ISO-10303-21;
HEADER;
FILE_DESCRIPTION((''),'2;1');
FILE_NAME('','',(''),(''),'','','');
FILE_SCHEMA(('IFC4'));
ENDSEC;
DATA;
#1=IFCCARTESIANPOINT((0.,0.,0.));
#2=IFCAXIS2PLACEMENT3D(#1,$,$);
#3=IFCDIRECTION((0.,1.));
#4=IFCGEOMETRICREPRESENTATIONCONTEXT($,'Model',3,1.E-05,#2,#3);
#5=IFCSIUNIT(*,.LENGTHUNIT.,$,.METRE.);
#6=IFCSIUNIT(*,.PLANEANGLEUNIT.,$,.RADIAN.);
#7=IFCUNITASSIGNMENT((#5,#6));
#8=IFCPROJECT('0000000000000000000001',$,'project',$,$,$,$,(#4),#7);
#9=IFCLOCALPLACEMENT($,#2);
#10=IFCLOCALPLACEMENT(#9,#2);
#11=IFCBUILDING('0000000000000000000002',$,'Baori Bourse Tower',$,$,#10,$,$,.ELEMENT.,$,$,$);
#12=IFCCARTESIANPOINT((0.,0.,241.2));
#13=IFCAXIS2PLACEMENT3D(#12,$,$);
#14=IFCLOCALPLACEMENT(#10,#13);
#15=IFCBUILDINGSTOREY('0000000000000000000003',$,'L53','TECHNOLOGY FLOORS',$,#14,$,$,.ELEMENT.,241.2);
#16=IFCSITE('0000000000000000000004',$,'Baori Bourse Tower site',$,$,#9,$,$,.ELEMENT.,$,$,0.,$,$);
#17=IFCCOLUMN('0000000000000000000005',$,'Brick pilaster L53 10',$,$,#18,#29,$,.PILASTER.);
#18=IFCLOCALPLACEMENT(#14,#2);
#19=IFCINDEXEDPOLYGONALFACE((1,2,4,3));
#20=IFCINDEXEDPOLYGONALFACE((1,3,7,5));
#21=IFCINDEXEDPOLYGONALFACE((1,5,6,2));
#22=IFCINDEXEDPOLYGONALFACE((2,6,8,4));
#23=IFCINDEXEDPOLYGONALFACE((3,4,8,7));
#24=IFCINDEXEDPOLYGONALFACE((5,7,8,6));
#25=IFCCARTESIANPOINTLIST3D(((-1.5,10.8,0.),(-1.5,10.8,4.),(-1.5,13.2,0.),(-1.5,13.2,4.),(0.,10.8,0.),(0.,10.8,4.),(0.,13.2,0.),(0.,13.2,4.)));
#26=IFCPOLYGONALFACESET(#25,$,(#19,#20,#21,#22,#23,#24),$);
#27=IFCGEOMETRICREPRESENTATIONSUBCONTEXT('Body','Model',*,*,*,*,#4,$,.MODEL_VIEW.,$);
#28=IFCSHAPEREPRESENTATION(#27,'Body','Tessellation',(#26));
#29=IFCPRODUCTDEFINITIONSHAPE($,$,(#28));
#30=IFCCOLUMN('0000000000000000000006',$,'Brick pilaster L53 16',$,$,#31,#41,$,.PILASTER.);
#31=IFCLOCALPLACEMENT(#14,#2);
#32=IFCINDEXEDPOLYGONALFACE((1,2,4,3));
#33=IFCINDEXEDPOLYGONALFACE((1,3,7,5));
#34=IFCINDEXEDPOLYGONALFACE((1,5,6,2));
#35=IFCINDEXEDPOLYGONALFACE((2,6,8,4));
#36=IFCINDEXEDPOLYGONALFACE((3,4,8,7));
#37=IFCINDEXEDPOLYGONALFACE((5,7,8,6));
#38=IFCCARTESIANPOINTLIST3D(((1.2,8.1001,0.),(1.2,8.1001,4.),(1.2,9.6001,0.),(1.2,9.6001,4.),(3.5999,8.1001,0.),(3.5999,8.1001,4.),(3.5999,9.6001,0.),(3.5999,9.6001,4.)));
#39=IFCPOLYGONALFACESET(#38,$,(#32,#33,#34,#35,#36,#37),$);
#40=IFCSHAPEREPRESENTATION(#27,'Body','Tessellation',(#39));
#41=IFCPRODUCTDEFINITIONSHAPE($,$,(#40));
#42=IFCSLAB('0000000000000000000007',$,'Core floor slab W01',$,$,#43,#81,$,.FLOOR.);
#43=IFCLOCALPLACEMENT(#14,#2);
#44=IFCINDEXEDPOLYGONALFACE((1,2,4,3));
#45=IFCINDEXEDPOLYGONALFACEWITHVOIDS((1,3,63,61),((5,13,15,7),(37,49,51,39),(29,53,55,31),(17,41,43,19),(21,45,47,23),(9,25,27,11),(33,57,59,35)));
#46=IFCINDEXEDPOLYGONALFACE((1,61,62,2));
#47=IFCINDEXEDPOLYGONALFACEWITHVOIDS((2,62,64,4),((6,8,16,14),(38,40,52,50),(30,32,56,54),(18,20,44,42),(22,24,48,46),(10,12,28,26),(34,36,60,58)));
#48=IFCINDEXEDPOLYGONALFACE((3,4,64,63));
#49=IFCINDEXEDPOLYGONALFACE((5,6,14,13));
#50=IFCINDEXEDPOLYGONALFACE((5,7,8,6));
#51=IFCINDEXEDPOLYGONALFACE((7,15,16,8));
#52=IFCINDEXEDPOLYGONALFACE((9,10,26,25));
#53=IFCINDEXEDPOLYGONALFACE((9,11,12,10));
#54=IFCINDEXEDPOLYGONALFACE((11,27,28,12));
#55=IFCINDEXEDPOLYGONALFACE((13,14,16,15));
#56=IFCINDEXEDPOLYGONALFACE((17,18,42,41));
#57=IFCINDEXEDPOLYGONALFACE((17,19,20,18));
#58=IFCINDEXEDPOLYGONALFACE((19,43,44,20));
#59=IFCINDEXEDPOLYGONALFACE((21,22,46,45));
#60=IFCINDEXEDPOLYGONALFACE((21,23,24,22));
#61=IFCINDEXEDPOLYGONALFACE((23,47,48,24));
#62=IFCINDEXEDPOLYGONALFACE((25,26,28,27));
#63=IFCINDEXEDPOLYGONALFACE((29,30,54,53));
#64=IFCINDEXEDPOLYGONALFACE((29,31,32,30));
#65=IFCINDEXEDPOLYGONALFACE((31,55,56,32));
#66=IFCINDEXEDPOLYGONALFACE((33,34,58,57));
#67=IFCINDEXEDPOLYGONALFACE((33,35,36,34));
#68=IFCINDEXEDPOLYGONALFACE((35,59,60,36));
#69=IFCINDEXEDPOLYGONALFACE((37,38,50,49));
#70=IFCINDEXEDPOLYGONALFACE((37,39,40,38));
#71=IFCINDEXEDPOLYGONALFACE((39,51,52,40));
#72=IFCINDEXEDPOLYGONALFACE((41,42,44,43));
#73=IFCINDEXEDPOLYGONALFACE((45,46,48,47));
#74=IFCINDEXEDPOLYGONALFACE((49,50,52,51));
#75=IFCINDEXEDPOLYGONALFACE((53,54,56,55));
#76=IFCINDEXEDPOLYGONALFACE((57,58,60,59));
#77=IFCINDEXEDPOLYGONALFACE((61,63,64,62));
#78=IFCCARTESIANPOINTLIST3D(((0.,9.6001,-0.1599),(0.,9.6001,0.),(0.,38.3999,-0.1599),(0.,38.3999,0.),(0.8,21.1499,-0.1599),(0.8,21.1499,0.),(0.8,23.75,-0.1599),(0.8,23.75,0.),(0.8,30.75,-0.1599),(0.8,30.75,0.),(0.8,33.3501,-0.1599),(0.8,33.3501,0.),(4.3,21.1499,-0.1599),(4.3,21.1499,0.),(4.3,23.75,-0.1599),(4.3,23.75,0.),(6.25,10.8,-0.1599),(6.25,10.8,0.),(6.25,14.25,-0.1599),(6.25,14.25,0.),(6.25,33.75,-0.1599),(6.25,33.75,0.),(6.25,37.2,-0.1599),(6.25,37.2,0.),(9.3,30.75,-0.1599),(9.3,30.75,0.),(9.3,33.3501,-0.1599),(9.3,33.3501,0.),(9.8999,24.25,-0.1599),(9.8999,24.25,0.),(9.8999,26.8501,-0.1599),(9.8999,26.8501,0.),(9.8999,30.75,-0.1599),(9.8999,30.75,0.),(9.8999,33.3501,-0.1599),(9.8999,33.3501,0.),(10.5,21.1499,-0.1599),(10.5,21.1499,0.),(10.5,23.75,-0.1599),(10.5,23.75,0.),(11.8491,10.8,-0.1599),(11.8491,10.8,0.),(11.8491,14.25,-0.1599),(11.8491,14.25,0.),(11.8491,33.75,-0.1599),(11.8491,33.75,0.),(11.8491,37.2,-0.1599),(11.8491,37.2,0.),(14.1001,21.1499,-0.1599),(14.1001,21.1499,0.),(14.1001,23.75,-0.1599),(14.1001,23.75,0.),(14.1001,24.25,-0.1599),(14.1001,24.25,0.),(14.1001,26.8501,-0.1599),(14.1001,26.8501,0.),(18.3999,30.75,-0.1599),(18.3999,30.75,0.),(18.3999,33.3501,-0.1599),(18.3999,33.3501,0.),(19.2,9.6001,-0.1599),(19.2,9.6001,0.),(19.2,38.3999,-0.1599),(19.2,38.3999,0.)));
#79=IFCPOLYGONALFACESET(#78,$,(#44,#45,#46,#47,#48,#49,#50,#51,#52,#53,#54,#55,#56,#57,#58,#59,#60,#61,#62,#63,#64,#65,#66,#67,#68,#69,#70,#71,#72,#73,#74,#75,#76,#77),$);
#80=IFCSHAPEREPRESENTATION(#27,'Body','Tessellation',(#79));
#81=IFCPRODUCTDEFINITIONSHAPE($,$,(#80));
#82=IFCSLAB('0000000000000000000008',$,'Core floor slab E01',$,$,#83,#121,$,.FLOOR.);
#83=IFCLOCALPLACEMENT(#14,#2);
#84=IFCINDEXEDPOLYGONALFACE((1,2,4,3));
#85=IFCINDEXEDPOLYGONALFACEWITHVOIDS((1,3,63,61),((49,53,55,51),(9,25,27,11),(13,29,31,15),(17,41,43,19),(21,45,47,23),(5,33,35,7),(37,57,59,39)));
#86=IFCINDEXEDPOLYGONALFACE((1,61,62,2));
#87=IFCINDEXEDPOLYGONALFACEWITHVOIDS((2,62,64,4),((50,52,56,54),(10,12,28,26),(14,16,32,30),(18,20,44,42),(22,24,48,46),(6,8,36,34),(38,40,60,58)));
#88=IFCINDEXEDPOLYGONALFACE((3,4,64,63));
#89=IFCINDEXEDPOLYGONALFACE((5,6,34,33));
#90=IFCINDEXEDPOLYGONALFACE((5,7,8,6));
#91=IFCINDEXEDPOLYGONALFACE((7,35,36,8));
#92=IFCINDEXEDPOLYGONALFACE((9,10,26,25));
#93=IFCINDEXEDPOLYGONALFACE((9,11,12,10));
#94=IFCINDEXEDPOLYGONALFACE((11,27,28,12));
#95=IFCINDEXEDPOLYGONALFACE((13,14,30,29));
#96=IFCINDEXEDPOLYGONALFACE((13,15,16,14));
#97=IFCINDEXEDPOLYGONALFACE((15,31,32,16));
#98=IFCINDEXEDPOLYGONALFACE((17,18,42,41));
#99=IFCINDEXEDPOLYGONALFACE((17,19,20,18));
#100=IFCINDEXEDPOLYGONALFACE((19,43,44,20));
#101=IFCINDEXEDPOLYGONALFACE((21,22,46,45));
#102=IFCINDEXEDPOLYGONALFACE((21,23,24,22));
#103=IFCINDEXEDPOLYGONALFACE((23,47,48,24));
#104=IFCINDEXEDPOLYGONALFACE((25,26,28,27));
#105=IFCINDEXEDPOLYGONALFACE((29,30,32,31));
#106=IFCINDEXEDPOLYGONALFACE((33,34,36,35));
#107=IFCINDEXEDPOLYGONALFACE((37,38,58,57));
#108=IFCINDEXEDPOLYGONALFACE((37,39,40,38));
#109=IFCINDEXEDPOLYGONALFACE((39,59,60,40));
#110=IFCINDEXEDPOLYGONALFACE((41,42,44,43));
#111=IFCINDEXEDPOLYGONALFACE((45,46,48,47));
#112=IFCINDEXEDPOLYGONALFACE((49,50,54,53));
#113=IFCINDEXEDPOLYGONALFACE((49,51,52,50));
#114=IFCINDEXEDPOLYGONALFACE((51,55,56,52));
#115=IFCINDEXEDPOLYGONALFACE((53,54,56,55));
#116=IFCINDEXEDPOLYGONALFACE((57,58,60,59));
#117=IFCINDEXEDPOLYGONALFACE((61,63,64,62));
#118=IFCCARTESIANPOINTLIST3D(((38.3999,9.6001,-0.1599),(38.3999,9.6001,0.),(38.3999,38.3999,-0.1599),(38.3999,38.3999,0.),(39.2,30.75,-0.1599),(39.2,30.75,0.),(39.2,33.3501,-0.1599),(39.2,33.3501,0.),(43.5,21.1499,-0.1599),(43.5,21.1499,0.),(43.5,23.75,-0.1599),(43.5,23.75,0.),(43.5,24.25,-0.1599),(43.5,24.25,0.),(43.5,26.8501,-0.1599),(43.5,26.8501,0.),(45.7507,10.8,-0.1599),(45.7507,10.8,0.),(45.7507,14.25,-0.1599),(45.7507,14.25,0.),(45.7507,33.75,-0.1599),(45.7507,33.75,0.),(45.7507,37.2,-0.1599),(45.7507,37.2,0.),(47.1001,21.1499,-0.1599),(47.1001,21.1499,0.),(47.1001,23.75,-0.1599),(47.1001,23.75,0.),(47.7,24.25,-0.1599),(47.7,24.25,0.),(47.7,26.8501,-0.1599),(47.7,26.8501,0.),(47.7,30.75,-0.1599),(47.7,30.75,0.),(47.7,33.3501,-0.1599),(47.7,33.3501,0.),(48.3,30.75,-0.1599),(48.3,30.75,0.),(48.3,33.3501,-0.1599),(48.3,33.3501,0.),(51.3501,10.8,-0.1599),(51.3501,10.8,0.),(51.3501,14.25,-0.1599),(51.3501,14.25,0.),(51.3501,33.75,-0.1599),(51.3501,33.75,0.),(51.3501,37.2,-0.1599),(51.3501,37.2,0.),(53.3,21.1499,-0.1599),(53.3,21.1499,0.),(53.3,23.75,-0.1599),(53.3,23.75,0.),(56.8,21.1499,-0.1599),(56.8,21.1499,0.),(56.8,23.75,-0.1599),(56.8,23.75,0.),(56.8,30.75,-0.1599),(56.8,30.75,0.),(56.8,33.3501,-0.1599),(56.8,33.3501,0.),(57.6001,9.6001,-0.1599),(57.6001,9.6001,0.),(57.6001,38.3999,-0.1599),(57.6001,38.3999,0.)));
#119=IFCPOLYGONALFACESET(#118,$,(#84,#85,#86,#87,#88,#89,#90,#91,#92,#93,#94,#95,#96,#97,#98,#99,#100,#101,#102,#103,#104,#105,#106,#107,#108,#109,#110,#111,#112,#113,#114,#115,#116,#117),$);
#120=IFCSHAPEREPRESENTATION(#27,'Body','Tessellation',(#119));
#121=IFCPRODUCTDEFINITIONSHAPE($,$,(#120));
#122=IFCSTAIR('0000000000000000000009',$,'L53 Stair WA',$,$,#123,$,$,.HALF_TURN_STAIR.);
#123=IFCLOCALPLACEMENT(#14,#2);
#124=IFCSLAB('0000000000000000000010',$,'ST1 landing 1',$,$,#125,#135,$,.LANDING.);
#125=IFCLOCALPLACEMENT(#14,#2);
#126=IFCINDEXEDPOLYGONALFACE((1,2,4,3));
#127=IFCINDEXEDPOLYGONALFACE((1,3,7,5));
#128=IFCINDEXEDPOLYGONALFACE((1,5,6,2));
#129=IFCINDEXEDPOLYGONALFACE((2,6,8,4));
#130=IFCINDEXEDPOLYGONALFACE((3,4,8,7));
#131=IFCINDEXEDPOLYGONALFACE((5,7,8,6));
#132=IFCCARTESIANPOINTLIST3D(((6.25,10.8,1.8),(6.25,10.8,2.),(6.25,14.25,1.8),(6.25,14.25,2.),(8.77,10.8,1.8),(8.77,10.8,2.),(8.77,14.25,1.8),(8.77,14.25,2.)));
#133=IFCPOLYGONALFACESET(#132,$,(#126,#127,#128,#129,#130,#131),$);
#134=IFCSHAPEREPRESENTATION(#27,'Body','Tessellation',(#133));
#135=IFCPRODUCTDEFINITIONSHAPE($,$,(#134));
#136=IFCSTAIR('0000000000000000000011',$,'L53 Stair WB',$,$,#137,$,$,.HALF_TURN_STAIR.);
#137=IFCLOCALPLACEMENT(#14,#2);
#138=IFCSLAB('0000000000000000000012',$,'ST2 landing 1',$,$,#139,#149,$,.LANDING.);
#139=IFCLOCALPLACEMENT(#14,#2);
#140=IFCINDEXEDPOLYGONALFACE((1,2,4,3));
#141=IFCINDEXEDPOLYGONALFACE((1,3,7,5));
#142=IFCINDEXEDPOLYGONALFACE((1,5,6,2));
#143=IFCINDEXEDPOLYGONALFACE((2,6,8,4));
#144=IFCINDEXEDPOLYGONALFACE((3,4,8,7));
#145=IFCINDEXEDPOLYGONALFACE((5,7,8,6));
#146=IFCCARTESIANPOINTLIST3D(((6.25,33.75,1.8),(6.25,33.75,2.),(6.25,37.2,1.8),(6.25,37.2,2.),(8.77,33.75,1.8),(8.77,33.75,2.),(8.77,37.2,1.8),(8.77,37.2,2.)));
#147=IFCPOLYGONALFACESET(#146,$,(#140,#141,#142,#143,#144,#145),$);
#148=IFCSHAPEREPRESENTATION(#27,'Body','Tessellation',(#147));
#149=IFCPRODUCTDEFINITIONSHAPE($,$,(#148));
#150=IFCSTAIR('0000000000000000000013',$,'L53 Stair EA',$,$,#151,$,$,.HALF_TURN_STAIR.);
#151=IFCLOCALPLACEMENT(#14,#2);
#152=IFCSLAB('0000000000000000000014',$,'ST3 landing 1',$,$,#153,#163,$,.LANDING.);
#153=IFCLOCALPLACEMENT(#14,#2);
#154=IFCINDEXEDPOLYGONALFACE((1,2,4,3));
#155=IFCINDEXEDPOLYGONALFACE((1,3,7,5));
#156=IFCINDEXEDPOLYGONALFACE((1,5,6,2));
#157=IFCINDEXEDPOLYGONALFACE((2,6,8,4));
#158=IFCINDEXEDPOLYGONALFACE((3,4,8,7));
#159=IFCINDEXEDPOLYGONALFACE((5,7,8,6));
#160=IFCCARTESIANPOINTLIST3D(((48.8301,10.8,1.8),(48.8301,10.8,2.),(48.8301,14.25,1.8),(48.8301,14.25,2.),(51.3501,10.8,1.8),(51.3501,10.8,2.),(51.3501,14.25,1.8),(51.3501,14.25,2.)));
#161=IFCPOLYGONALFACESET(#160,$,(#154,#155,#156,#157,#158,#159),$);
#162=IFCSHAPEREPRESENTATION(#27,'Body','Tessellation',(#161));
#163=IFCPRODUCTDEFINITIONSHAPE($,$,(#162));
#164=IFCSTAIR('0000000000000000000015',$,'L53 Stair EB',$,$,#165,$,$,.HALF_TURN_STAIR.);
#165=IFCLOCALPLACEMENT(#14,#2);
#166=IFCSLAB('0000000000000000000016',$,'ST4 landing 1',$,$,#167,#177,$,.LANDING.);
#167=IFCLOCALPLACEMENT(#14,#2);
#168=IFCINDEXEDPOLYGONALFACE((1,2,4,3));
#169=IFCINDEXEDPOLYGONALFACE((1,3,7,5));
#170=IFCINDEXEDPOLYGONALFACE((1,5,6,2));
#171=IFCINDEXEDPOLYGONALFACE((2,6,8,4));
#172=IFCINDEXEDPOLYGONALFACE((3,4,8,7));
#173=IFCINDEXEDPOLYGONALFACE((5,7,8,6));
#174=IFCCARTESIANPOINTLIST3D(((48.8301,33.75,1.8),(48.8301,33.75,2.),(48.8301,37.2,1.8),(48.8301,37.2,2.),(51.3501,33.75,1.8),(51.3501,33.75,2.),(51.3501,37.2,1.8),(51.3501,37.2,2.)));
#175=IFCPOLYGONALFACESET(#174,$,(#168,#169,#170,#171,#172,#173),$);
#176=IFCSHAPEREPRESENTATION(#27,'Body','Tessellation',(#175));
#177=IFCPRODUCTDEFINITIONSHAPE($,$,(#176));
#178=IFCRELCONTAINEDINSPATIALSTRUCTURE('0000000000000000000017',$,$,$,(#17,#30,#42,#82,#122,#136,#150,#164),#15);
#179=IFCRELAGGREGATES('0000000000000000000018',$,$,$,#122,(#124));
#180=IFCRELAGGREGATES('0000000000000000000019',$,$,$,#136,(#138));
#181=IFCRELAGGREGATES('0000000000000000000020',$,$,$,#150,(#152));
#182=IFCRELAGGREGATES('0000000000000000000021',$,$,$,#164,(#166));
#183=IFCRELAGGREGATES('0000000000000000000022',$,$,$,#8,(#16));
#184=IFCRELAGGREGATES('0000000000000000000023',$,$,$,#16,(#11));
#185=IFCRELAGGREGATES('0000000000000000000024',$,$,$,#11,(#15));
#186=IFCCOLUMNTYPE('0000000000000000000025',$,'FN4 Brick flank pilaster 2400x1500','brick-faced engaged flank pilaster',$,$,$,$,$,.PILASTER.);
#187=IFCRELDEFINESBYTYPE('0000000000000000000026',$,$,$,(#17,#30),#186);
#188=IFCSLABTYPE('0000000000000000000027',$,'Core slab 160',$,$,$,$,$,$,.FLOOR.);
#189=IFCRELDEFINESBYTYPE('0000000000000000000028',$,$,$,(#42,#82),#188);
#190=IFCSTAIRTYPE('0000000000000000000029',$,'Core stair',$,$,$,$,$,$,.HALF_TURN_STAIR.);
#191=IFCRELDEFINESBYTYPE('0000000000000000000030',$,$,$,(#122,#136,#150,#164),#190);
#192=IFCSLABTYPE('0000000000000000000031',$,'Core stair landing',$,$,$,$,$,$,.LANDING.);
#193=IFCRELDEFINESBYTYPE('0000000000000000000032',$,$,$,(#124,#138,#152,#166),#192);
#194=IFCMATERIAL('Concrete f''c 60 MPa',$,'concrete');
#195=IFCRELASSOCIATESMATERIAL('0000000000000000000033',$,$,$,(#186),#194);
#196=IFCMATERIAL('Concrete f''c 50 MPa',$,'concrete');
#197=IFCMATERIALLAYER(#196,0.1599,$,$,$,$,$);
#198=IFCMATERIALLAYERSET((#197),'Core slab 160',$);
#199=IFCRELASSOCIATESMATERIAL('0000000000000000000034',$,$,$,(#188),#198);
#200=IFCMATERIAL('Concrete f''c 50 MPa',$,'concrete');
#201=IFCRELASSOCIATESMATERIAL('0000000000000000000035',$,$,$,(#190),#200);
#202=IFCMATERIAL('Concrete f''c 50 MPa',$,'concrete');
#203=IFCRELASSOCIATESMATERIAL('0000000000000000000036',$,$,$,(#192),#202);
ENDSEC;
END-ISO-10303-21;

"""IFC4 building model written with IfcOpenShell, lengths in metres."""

from ifc_helpers import new_model, si_unit, direction, frame, origin, origin_2d, place, context, subcontext, project, spatial, polyline, rectangle, outline, extrude, material, layer, layer_set, material_profile, profile_set, type_object, element, aggregate, save


model = new_model("IFC4")

# Units and contexts
model_context = context("Model", 3, precision=1e-05, world=origin(), true_north=direction((0.0, 1.0)))
body_context = subcontext(model_context, "Body", "Model", "MODEL_VIEW")
ifc_project = project(units=[si_unit("LENGTHUNIT", "METRE"), si_unit("PLANEANGLEUNIT", "RADIAN")], contexts=[model_context])

# Site, building, storey
site_placement = place(None, origin())
site = spatial("IfcSite", under=ifc_project, at=site_placement, Name="Baori Bourse Tower site", CompositionType="ELEMENT", RefElevation=0.0)
building_placement = place(site_placement, origin())
building = spatial("IfcBuilding", under=site, at=building_placement, Name="Baori Bourse Tower", CompositionType="ELEMENT")
storey_placement = place(building_placement, frame((0.0, 0.0, 241.2)))
storey = spatial("IfcBuildingStorey", under=building, at=storey_placement, Name="L53", Description="TECHNOLOGY FLOORS", CompositionType="ELEMENT", Elevation=241.2)

# Columns
ifc_material_1 = material(Name="Concrete f'c 60 MPa", Category="concrete")
ifc_material_profile = material_profile(ifc_material_1, rectangle(XDim=2.3999, YDim=1.5, at=origin_2d()), Name="RC 2400x1500")
ifc_profile_set = profile_set([ifc_material_profile], Name="Concrete f'c 60 MPa")
column_type = type_object("IfcColumnType", Name="FN4 Brick flank pilaster 2400x1500", Description="brick-faced engaged flank pilaster", PredefinedType="PILASTER", material=ifc_profile_set)
for number, where, z_axis, x_axis, name in (
    (1, (-0.75, 12.0, 0.0), (0.0, 0.0, 1.0), (0.0, 1.0, 0.0), "Brick pilaster L53 10"),
    (2, (2.3999, 8.8501, 0.0), (0.0, 0.0, 1.0), (1.0, 0.0, 0.0), "Brick pilaster L53 16"),
):
    element("IfcColumn", number, at=place(storey_placement, frame(where, z_axis=z_axis, x_axis=x_axis)), inside=storey, type_object=column_type, Name=name, PredefinedType="PILASTER", context=body_context, shape_type="SweptSolid", body=[
        extrude(rectangle(XDim=2.3999, YDim=1.5, at=origin_2d()), origin(), (0.0, 0.0, 1.0), 4.0),
    ])

# Slabs
ifc_material_2 = material(Name="Concrete f'c 50 MPa", Category="concrete")
ifc_layer_1 = layer(ifc_material_2, 0.1599)
ifc_layer_set_1 = layer_set([ifc_layer_1], Name="Core slab 160")
slab_type_1 = type_object("IfcSlabType", Name="Core slab 160", PredefinedType="FLOOR", material=ifc_layer_set_1)
slab_1_placement = place(storey_placement, frame((0.0, 0.0, -0.1599)))
element("IfcSlab", 3, at=slab_1_placement, inside=storey, type_object=slab_type_1, Name="Core floor slab W01", PredefinedType="FLOOR", context=body_context, shape_type="SweptSolid", body=[
    extrude(outline(polyline([(19.2, 38.3999), (0.0, 38.3999), (0.0, 9.6001), (19.2, 9.6001), (19.2, 38.3999)]), holes=[polyline([(9.8999, 33.3501), (18.3999, 33.3501), (18.3999, 30.75), (9.8999, 30.75), (9.8999, 33.3501)]), polyline([(10.5, 21.1499), (10.5, 23.75), (14.1001, 23.75), (14.1001, 21.1499), (10.5, 21.1499)]), polyline([(14.1001, 24.25), (9.8999, 24.25), (9.8999, 26.8501), (14.1001, 26.8501), (14.1001, 24.25)]), polyline([(6.25, 14.25), (11.8491, 14.25), (11.8491, 10.8), (6.25, 10.8), (6.25, 14.25)]), polyline([(11.8491, 37.2), (11.8491, 33.75), (6.25, 33.75), (6.25, 37.2), (11.8491, 37.2)]), polyline([(0.8, 30.75), (0.8, 33.3501), (9.3, 33.3501), (9.3, 30.75), (0.8, 30.75)]), polyline([(4.3, 23.75), (4.3, 21.1499), (0.8, 21.1499), (0.8, 23.75), (4.3, 23.75)])]), origin(), (0.0, 0.0, 1.0), 0.1599),
])
slab_2_placement = place(storey_placement, frame((0.0, 0.0, -0.1599)))
element("IfcSlab", 4, at=slab_2_placement, inside=storey, type_object=slab_type_1, Name="Core floor slab E01", PredefinedType="FLOOR", context=body_context, shape_type="SweptSolid", body=[
    extrude(outline(polyline([(57.6001, 9.6001), (57.6001, 38.3999), (38.3999, 38.3999), (38.3999, 9.6001), (57.6001, 9.6001)]), holes=[polyline([(48.3, 33.3501), (56.8, 33.3501), (56.8, 30.75), (48.3, 30.75), (48.3, 33.3501)]), polyline([(56.8, 21.1499), (53.3, 21.1499), (53.3, 23.75), (56.8, 23.75), (56.8, 21.1499)]), polyline([(45.7507, 14.25), (51.3501, 14.25), (51.3501, 10.8), (45.7507, 10.8), (45.7507, 14.25)]), polyline([(51.3501, 37.2), (51.3501, 33.75), (45.7507, 33.75), (45.7507, 37.2), (51.3501, 37.2)]), polyline([(43.5, 24.25), (43.5, 26.8501), (47.7, 26.8501), (47.7, 24.25), (43.5, 24.25)]), polyline([(47.7, 33.3501), (47.7, 30.75), (39.2, 30.75), (39.2, 33.3501), (47.7, 33.3501)]), polyline([(43.5, 23.75), (47.1001, 23.75), (47.1001, 21.1499), (43.5, 21.1499), (43.5, 23.75)])]), origin(), (0.0, 0.0, 1.0), 0.1599),
])

# Stairs, slabs
ifc_material_3 = material(Name="Concrete f'c 50 MPa", Category="concrete")
stair_type = type_object("IfcStairType", Name="Core stair", PredefinedType="HALF_TURN_STAIR", material=ifc_material_3)
stair_1_placement = place(storey_placement, origin())
stair_1 = element("IfcStair", 5, at=stair_1_placement, inside=storey, type_object=stair_type, Name="L53 Stair WA", PredefinedType="HALF_TURN_STAIR")
ifc_material_4 = material(Name="Concrete f'c 50 MPa", Category="concrete")
slab_type_2 = type_object("IfcSlabType", Name="Core stair landing", PredefinedType="LANDING", material=ifc_material_4)
slab_3_placement = place(storey_placement, frame((0.0, 0.0, 1.8)))
slab_3 = element("IfcSlab", 6, at=slab_3_placement, type_object=slab_type_2, Name="ST1 landing 1", PredefinedType="LANDING", context=body_context, shape_type="SweptSolid", body=[
    extrude(outline(polyline([(8.77, 14.25), (6.25, 14.25), (6.25, 10.8), (8.77, 10.8), (8.77, 14.25)])), origin(), (0.0, 0.0, 1.0), 0.2),
])
aggregate(stair_1, [slab_3])
stair_2_placement = place(storey_placement, origin())
stair_2 = element("IfcStair", 7, at=stair_2_placement, inside=storey, type_object=stair_type, Name="L53 Stair WB", PredefinedType="HALF_TURN_STAIR")
slab_4_placement = place(storey_placement, frame((0.0, 0.0, 1.8)))
slab_4 = element("IfcSlab", 8, at=slab_4_placement, type_object=slab_type_2, Name="ST2 landing 1", PredefinedType="LANDING", context=body_context, shape_type="SweptSolid", body=[
    extrude(outline(polyline([(8.77, 37.2), (6.25, 37.2), (6.25, 33.75), (8.77, 33.75), (8.77, 37.2)])), origin(), (0.0, 0.0, 1.0), 0.2),
])
aggregate(stair_2, [slab_4])
stair_3_placement = place(storey_placement, origin())
stair_3 = element("IfcStair", 9, at=stair_3_placement, inside=storey, type_object=stair_type, Name="L53 Stair EA", PredefinedType="HALF_TURN_STAIR")
slab_5_placement = place(storey_placement, frame((0.0, 0.0, 1.8)))
slab_5 = element("IfcSlab", 10, at=slab_5_placement, type_object=slab_type_2, Name="ST3 landing 1", PredefinedType="LANDING", context=body_context, shape_type="SweptSolid", body=[
    extrude(outline(polyline([(48.8301, 10.8), (51.3501, 10.8), (51.3501, 14.25), (48.8301, 14.25), (48.8301, 10.8)])), origin(), (0.0, 0.0, 1.0), 0.2),
])
aggregate(stair_3, [slab_5])
stair_4_placement = place(storey_placement, origin())
stair_4 = element("IfcStair", 11, at=stair_4_placement, inside=storey, type_object=stair_type, Name="L53 Stair EB", PredefinedType="HALF_TURN_STAIR")
slab_6_placement = place(storey_placement, frame((0.0, 0.0, 1.8)))
slab_6 = element("IfcSlab", 12, at=slab_6_placement, type_object=slab_type_2, Name="ST4 landing 1", PredefinedType="LANDING", context=body_context, shape_type="SweptSolid", body=[
    extrude(outline(polyline([(48.8301, 33.75), (51.3501, 33.75), (51.3501, 37.2), (48.8301, 37.2), (48.8301, 33.75)])), origin(), (0.0, 0.0, 1.0), 0.2),
])
aggregate(stair_4, [slab_6])

save(model, "model.ifc")
